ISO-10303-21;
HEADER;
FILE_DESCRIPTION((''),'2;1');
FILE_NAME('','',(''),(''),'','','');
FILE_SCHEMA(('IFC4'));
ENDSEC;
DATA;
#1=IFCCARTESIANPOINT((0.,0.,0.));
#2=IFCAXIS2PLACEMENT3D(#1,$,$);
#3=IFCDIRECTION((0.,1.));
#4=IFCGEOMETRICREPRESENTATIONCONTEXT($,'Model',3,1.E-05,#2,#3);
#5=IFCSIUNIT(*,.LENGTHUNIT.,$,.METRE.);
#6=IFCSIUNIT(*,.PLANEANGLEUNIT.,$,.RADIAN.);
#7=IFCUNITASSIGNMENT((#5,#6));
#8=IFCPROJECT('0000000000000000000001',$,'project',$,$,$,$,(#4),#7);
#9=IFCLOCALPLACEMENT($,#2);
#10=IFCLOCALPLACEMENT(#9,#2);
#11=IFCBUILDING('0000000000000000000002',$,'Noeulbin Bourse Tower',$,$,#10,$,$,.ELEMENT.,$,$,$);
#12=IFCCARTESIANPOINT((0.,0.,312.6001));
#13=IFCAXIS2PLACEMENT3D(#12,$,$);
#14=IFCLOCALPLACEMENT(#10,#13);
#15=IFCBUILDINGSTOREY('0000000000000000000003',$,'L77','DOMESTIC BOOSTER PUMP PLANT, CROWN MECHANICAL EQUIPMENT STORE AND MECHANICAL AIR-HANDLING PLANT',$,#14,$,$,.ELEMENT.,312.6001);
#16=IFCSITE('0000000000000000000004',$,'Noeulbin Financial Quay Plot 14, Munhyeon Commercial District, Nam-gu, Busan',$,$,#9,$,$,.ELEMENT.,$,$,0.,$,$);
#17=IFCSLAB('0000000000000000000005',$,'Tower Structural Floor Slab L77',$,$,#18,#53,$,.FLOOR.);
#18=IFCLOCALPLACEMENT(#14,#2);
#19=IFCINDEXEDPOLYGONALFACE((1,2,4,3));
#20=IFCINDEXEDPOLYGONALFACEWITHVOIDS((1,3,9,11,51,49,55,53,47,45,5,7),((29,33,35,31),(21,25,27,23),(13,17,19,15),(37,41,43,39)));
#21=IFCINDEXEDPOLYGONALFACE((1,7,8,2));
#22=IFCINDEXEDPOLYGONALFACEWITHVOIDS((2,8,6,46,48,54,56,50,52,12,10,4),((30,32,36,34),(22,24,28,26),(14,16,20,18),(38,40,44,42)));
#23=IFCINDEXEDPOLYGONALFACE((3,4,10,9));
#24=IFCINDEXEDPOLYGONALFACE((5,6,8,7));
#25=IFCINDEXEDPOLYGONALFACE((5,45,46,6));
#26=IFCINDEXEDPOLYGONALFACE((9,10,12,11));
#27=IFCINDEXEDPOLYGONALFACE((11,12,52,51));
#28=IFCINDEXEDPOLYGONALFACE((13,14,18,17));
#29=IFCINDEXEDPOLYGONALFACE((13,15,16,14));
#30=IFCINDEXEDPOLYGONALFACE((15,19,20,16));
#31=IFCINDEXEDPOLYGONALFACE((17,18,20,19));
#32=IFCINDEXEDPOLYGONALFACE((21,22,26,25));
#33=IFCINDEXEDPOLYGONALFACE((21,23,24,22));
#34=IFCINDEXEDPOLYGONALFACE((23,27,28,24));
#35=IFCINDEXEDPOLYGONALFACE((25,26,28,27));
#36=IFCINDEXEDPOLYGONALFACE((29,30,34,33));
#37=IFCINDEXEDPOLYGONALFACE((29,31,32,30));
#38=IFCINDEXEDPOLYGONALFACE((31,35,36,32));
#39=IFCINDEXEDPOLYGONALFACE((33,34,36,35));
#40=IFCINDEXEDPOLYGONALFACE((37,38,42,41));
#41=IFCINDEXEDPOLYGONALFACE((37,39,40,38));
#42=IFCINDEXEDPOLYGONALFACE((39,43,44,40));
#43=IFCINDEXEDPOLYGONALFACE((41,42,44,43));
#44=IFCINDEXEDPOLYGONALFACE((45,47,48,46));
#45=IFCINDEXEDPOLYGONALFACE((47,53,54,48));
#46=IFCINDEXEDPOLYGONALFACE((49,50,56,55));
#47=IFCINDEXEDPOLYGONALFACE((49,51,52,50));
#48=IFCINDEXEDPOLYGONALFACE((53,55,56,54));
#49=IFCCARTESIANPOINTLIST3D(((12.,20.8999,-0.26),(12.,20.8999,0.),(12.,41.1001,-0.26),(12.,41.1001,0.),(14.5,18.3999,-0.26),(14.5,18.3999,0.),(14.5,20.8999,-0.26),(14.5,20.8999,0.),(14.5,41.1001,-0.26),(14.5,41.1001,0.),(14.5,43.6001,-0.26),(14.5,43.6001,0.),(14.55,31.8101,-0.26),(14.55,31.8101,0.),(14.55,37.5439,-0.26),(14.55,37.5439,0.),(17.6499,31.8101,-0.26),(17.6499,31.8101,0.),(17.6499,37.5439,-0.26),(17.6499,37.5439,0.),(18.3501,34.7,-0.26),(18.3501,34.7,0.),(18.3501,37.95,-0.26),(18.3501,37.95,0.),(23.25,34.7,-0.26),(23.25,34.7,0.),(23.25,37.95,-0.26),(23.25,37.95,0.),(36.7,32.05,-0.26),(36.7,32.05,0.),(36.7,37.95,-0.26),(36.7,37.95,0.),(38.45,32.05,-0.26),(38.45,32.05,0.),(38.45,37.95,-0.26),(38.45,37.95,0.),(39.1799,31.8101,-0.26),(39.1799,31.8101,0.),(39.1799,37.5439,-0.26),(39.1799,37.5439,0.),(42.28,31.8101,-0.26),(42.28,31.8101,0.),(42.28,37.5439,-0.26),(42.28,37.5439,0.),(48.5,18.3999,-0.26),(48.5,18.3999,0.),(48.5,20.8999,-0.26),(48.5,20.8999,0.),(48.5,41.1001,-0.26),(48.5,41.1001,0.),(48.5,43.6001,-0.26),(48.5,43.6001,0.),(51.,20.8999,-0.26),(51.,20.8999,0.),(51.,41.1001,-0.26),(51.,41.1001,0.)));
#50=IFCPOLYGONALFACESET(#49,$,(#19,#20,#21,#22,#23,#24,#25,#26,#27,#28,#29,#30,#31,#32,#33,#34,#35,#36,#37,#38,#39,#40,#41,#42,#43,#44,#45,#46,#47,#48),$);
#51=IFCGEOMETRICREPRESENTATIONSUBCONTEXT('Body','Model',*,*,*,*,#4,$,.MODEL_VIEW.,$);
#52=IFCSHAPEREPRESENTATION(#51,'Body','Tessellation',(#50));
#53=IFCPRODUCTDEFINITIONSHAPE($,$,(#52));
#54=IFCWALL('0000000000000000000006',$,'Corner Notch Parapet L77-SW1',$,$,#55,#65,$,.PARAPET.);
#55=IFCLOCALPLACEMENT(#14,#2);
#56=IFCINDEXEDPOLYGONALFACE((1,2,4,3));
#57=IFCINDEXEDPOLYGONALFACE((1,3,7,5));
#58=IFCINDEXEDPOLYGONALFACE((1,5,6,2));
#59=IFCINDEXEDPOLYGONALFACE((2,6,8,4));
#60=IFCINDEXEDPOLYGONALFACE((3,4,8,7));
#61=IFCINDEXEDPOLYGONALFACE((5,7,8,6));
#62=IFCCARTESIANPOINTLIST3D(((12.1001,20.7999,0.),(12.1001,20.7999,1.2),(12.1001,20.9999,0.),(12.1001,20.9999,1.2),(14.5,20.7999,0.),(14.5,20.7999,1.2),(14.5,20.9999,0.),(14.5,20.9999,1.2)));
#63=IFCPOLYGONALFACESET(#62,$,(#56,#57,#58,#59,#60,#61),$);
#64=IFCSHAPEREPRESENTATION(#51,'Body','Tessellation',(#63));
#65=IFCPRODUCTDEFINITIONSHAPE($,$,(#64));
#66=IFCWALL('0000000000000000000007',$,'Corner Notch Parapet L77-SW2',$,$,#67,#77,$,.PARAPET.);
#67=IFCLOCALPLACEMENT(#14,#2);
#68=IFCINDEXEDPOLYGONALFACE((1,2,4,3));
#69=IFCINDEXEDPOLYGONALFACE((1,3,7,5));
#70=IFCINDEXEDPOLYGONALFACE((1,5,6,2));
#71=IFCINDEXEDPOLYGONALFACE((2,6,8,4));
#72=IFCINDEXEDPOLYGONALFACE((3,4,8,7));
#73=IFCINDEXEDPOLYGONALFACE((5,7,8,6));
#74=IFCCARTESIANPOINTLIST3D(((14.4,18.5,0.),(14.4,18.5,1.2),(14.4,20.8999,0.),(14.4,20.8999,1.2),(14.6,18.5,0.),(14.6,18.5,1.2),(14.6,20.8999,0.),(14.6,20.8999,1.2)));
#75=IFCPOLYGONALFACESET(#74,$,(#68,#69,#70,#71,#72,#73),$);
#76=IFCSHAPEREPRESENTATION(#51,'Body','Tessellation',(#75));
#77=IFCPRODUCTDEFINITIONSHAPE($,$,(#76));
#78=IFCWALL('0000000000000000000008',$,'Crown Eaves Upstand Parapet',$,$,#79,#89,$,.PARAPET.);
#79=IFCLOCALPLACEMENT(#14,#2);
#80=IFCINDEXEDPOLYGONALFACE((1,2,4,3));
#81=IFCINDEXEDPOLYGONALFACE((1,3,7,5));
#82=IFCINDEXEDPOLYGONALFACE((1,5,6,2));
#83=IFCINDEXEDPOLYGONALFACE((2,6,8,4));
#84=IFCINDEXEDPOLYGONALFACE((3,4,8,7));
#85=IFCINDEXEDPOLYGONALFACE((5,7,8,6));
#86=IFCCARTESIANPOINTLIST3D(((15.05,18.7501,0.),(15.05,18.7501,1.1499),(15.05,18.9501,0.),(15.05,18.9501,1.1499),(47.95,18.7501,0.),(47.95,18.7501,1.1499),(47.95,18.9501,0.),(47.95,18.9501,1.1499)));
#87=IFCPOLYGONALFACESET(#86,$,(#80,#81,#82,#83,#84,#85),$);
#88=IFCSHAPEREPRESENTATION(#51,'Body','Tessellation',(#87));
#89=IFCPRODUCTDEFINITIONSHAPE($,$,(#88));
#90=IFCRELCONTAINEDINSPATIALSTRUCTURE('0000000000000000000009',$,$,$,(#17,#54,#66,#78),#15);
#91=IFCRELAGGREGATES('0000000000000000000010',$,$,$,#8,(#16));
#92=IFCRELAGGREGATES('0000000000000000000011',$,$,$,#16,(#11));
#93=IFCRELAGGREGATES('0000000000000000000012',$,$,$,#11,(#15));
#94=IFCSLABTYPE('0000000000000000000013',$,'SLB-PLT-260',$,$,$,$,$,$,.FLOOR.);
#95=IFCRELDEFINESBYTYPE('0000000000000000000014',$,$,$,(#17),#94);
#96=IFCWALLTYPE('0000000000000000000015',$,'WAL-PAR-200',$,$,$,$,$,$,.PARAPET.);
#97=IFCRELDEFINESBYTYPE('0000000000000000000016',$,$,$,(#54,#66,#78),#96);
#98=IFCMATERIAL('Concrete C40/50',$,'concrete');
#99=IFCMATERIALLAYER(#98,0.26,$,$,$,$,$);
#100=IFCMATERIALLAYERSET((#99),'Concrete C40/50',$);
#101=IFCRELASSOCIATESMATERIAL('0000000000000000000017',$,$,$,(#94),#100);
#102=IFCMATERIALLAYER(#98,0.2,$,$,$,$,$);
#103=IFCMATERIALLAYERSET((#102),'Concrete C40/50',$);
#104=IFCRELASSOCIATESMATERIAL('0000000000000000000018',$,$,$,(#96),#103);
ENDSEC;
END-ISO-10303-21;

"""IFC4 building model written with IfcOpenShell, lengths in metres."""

from ifc_helpers import new_model, si_unit, direction, frame, frame_2d, origin, place, context, subcontext, project, spatial, polyline, rectangle, outline, extrude, material, layer, layer_set, type_object, element, save


model = new_model("IFC4")

# Units and contexts
model_context = context("Model", 3, precision=1e-05, world=origin(), true_north=direction((0.0, 1.0)))
body_context = subcontext(model_context, "Body", "Model", "MODEL_VIEW")
ifc_project = project(units=[si_unit("LENGTHUNIT", "METRE"), si_unit("PLANEANGLEUNIT", "RADIAN")], contexts=[model_context])

# Site, building, storey
site_placement = place(None, origin())
site = spatial("IfcSite", under=ifc_project, at=site_placement, Name="Noeulbin Financial Quay Plot 14, Munhyeon Commercial District, Nam-gu, Busan", CompositionType="ELEMENT", RefElevation=0.0)
building_placement = place(site_placement, origin())
building = spatial("IfcBuilding", under=site, at=building_placement, Name="Noeulbin Bourse Tower", CompositionType="ELEMENT")
storey_placement = place(building_placement, frame((0.0, 0.0, 312.6001)))
storey = spatial("IfcBuildingStorey", under=building, at=storey_placement, Name="L77", Description="DOMESTIC BOOSTER PUMP PLANT, CROWN MECHANICAL EQUIPMENT STORE AND MECHANICAL AIR-HANDLING PLANT", CompositionType="ELEMENT", Elevation=312.6001)

# Slab, openings
ifc_material_1 = material(Name="Concrete C40/50", Category="concrete")
ifc_layer_1 = layer(ifc_material_1, 0.26)
ifc_layer_set_1 = layer_set([ifc_layer_1], Name="Concrete C40/50")
slab_type = type_object("IfcSlabType", Name="SLB-PLT-260", PredefinedType="FLOOR", material=ifc_layer_set_1)
slab_placement = place(storey_placement, frame((0.0, 0.0, -0.26)))
slab = element("IfcSlab", 1, at=slab_placement, inside=storey, type_object=slab_type, Name="Tower Structural Floor Slab L77", PredefinedType="FLOOR", context=body_context, shape_type="SweptSolid", body=[
    extrude(outline(polyline([(14.5, 18.3999), (48.5, 18.3999), (48.5, 20.8999), (51.0, 20.8999), (51.0, 41.1001), (48.5, 41.1001), (48.5, 43.6001), (14.5, 43.6001), (14.5, 41.1001), (12.0, 41.1001), (12.0, 20.8999), (14.5, 20.8999), (14.5, 18.3999)]), holes=[polyline([(17.6499, 31.8101), (17.6499, 37.5439), (14.55, 37.5439), (14.55, 31.8101), (17.6499, 31.8101)]), polyline([(42.28, 31.8101), (42.28, 37.5439), (39.1799, 37.5439), (39.1799, 31.8101), (42.28, 31.8101)]), polyline([(18.3501, 34.7), (23.25, 34.7), (23.25, 37.95), (18.3501, 37.95), (18.3501, 34.7)]), polyline([(36.7, 32.05), (38.45, 32.05), (38.45, 37.95), (36.7, 37.95), (36.7, 32.05)])]), origin(), (0.0, 0.0, 1.0), 0.26),
])
opening_1_placement = place(slab_placement, frame((0.0, 0.0, -0.01)))
element("IfcOpeningElement", 2, at=opening_1_placement, cuts=slab, PredefinedType="OPENING", context=body_context, shape_type="SweptSolid", body=[
    extrude(outline(polyline([(17.6499, 31.8101), (17.6499, 37.5439), (14.55, 37.5439), (14.55, 31.8101), (17.6499, 31.8101)])), origin(), (0.0, 0.0, 1.0), 0.28),
])
opening_2_placement = place(slab_placement, frame((0.0, 0.0, -0.01)))
element("IfcOpeningElement", 3, at=opening_2_placement, cuts=slab, PredefinedType="OPENING", context=body_context, shape_type="SweptSolid", body=[
    extrude(outline(polyline([(42.28, 31.8101), (42.28, 37.5439), (39.1799, 37.5439), (39.1799, 31.8101), (42.28, 31.8101)])), origin(), (0.0, 0.0, 1.0), 0.28),
])
opening_3_placement = place(slab_placement, frame((0.0, 0.0, -0.01)))
element("IfcOpeningElement", 4, at=opening_3_placement, cuts=slab, PredefinedType="OPENING", context=body_context, shape_type="SweptSolid", body=[
    extrude(outline(polyline([(18.3501, 34.7), (23.25, 34.7), (23.25, 37.95), (18.3501, 37.95), (18.3501, 34.7)])), origin(), (0.0, 0.0, 1.0), 0.28),
])
opening_4_placement = place(slab_placement, frame((0.0, 0.0, -0.01)))
element("IfcOpeningElement", 5, at=opening_4_placement, cuts=slab, PredefinedType="OPENING", context=body_context, shape_type="SweptSolid", body=[
    extrude(outline(polyline([(36.7, 32.05), (38.45, 32.05), (38.45, 37.95), (36.7, 37.95), (36.7, 32.05)])), origin(), (0.0, 0.0, 1.0), 0.28),
])

# Walls
ifc_layer_2 = layer(ifc_material_1, 0.2)
ifc_layer_set_2 = layer_set([ifc_layer_2], Name="Concrete C40/50")
wall_type = type_object("IfcWallType", Name="WAL-PAR-200", PredefinedType="PARAPET", material=ifc_layer_set_2)
for number, where, z_axis, x_axis, name in (
    (6, (12.1001, 20.8999, 0.0), (0.0, 0.0, 1.0), (1.0, 0.0, 0.0), "Corner Notch Parapet L77-SW1"),
    (7, (14.5, 20.8999, 0.0), (0.0, 0.0, 1.0), (0.0, -1.0, 0.0), "Corner Notch Parapet L77-SW2"),
):
    element("IfcWall", number, at=place(storey_placement, frame(where, z_axis=z_axis, x_axis=x_axis)), inside=storey, type_object=wall_type, Name=name, PredefinedType="PARAPET", context=body_context, shape_type="SweptSolid", body=[
        extrude(rectangle(XDim=2.3999, YDim=0.2, at=frame_2d((1.2, 0.0))), origin(), (0.0, 0.0, 1.0), 1.2),
    ])
wall_placement = place(storey_placement, frame((15.05, 18.8501, 0.0), z_axis=(0.0, 0.0, 1.0), x_axis=(1.0, 0.0, 0.0)))
element("IfcWall", 8, at=wall_placement, inside=storey, type_object=wall_type, Name="Crown Eaves Upstand Parapet", PredefinedType="PARAPET", context=body_context, shape_type="SweptSolid", body=[
    extrude(rectangle(XDim=32.8999, YDim=0.2, at=frame_2d((16.45, 0.0))), origin(), (0.0, 0.0, 1.0), 1.1499),
])

save(model, "model.ifc")
